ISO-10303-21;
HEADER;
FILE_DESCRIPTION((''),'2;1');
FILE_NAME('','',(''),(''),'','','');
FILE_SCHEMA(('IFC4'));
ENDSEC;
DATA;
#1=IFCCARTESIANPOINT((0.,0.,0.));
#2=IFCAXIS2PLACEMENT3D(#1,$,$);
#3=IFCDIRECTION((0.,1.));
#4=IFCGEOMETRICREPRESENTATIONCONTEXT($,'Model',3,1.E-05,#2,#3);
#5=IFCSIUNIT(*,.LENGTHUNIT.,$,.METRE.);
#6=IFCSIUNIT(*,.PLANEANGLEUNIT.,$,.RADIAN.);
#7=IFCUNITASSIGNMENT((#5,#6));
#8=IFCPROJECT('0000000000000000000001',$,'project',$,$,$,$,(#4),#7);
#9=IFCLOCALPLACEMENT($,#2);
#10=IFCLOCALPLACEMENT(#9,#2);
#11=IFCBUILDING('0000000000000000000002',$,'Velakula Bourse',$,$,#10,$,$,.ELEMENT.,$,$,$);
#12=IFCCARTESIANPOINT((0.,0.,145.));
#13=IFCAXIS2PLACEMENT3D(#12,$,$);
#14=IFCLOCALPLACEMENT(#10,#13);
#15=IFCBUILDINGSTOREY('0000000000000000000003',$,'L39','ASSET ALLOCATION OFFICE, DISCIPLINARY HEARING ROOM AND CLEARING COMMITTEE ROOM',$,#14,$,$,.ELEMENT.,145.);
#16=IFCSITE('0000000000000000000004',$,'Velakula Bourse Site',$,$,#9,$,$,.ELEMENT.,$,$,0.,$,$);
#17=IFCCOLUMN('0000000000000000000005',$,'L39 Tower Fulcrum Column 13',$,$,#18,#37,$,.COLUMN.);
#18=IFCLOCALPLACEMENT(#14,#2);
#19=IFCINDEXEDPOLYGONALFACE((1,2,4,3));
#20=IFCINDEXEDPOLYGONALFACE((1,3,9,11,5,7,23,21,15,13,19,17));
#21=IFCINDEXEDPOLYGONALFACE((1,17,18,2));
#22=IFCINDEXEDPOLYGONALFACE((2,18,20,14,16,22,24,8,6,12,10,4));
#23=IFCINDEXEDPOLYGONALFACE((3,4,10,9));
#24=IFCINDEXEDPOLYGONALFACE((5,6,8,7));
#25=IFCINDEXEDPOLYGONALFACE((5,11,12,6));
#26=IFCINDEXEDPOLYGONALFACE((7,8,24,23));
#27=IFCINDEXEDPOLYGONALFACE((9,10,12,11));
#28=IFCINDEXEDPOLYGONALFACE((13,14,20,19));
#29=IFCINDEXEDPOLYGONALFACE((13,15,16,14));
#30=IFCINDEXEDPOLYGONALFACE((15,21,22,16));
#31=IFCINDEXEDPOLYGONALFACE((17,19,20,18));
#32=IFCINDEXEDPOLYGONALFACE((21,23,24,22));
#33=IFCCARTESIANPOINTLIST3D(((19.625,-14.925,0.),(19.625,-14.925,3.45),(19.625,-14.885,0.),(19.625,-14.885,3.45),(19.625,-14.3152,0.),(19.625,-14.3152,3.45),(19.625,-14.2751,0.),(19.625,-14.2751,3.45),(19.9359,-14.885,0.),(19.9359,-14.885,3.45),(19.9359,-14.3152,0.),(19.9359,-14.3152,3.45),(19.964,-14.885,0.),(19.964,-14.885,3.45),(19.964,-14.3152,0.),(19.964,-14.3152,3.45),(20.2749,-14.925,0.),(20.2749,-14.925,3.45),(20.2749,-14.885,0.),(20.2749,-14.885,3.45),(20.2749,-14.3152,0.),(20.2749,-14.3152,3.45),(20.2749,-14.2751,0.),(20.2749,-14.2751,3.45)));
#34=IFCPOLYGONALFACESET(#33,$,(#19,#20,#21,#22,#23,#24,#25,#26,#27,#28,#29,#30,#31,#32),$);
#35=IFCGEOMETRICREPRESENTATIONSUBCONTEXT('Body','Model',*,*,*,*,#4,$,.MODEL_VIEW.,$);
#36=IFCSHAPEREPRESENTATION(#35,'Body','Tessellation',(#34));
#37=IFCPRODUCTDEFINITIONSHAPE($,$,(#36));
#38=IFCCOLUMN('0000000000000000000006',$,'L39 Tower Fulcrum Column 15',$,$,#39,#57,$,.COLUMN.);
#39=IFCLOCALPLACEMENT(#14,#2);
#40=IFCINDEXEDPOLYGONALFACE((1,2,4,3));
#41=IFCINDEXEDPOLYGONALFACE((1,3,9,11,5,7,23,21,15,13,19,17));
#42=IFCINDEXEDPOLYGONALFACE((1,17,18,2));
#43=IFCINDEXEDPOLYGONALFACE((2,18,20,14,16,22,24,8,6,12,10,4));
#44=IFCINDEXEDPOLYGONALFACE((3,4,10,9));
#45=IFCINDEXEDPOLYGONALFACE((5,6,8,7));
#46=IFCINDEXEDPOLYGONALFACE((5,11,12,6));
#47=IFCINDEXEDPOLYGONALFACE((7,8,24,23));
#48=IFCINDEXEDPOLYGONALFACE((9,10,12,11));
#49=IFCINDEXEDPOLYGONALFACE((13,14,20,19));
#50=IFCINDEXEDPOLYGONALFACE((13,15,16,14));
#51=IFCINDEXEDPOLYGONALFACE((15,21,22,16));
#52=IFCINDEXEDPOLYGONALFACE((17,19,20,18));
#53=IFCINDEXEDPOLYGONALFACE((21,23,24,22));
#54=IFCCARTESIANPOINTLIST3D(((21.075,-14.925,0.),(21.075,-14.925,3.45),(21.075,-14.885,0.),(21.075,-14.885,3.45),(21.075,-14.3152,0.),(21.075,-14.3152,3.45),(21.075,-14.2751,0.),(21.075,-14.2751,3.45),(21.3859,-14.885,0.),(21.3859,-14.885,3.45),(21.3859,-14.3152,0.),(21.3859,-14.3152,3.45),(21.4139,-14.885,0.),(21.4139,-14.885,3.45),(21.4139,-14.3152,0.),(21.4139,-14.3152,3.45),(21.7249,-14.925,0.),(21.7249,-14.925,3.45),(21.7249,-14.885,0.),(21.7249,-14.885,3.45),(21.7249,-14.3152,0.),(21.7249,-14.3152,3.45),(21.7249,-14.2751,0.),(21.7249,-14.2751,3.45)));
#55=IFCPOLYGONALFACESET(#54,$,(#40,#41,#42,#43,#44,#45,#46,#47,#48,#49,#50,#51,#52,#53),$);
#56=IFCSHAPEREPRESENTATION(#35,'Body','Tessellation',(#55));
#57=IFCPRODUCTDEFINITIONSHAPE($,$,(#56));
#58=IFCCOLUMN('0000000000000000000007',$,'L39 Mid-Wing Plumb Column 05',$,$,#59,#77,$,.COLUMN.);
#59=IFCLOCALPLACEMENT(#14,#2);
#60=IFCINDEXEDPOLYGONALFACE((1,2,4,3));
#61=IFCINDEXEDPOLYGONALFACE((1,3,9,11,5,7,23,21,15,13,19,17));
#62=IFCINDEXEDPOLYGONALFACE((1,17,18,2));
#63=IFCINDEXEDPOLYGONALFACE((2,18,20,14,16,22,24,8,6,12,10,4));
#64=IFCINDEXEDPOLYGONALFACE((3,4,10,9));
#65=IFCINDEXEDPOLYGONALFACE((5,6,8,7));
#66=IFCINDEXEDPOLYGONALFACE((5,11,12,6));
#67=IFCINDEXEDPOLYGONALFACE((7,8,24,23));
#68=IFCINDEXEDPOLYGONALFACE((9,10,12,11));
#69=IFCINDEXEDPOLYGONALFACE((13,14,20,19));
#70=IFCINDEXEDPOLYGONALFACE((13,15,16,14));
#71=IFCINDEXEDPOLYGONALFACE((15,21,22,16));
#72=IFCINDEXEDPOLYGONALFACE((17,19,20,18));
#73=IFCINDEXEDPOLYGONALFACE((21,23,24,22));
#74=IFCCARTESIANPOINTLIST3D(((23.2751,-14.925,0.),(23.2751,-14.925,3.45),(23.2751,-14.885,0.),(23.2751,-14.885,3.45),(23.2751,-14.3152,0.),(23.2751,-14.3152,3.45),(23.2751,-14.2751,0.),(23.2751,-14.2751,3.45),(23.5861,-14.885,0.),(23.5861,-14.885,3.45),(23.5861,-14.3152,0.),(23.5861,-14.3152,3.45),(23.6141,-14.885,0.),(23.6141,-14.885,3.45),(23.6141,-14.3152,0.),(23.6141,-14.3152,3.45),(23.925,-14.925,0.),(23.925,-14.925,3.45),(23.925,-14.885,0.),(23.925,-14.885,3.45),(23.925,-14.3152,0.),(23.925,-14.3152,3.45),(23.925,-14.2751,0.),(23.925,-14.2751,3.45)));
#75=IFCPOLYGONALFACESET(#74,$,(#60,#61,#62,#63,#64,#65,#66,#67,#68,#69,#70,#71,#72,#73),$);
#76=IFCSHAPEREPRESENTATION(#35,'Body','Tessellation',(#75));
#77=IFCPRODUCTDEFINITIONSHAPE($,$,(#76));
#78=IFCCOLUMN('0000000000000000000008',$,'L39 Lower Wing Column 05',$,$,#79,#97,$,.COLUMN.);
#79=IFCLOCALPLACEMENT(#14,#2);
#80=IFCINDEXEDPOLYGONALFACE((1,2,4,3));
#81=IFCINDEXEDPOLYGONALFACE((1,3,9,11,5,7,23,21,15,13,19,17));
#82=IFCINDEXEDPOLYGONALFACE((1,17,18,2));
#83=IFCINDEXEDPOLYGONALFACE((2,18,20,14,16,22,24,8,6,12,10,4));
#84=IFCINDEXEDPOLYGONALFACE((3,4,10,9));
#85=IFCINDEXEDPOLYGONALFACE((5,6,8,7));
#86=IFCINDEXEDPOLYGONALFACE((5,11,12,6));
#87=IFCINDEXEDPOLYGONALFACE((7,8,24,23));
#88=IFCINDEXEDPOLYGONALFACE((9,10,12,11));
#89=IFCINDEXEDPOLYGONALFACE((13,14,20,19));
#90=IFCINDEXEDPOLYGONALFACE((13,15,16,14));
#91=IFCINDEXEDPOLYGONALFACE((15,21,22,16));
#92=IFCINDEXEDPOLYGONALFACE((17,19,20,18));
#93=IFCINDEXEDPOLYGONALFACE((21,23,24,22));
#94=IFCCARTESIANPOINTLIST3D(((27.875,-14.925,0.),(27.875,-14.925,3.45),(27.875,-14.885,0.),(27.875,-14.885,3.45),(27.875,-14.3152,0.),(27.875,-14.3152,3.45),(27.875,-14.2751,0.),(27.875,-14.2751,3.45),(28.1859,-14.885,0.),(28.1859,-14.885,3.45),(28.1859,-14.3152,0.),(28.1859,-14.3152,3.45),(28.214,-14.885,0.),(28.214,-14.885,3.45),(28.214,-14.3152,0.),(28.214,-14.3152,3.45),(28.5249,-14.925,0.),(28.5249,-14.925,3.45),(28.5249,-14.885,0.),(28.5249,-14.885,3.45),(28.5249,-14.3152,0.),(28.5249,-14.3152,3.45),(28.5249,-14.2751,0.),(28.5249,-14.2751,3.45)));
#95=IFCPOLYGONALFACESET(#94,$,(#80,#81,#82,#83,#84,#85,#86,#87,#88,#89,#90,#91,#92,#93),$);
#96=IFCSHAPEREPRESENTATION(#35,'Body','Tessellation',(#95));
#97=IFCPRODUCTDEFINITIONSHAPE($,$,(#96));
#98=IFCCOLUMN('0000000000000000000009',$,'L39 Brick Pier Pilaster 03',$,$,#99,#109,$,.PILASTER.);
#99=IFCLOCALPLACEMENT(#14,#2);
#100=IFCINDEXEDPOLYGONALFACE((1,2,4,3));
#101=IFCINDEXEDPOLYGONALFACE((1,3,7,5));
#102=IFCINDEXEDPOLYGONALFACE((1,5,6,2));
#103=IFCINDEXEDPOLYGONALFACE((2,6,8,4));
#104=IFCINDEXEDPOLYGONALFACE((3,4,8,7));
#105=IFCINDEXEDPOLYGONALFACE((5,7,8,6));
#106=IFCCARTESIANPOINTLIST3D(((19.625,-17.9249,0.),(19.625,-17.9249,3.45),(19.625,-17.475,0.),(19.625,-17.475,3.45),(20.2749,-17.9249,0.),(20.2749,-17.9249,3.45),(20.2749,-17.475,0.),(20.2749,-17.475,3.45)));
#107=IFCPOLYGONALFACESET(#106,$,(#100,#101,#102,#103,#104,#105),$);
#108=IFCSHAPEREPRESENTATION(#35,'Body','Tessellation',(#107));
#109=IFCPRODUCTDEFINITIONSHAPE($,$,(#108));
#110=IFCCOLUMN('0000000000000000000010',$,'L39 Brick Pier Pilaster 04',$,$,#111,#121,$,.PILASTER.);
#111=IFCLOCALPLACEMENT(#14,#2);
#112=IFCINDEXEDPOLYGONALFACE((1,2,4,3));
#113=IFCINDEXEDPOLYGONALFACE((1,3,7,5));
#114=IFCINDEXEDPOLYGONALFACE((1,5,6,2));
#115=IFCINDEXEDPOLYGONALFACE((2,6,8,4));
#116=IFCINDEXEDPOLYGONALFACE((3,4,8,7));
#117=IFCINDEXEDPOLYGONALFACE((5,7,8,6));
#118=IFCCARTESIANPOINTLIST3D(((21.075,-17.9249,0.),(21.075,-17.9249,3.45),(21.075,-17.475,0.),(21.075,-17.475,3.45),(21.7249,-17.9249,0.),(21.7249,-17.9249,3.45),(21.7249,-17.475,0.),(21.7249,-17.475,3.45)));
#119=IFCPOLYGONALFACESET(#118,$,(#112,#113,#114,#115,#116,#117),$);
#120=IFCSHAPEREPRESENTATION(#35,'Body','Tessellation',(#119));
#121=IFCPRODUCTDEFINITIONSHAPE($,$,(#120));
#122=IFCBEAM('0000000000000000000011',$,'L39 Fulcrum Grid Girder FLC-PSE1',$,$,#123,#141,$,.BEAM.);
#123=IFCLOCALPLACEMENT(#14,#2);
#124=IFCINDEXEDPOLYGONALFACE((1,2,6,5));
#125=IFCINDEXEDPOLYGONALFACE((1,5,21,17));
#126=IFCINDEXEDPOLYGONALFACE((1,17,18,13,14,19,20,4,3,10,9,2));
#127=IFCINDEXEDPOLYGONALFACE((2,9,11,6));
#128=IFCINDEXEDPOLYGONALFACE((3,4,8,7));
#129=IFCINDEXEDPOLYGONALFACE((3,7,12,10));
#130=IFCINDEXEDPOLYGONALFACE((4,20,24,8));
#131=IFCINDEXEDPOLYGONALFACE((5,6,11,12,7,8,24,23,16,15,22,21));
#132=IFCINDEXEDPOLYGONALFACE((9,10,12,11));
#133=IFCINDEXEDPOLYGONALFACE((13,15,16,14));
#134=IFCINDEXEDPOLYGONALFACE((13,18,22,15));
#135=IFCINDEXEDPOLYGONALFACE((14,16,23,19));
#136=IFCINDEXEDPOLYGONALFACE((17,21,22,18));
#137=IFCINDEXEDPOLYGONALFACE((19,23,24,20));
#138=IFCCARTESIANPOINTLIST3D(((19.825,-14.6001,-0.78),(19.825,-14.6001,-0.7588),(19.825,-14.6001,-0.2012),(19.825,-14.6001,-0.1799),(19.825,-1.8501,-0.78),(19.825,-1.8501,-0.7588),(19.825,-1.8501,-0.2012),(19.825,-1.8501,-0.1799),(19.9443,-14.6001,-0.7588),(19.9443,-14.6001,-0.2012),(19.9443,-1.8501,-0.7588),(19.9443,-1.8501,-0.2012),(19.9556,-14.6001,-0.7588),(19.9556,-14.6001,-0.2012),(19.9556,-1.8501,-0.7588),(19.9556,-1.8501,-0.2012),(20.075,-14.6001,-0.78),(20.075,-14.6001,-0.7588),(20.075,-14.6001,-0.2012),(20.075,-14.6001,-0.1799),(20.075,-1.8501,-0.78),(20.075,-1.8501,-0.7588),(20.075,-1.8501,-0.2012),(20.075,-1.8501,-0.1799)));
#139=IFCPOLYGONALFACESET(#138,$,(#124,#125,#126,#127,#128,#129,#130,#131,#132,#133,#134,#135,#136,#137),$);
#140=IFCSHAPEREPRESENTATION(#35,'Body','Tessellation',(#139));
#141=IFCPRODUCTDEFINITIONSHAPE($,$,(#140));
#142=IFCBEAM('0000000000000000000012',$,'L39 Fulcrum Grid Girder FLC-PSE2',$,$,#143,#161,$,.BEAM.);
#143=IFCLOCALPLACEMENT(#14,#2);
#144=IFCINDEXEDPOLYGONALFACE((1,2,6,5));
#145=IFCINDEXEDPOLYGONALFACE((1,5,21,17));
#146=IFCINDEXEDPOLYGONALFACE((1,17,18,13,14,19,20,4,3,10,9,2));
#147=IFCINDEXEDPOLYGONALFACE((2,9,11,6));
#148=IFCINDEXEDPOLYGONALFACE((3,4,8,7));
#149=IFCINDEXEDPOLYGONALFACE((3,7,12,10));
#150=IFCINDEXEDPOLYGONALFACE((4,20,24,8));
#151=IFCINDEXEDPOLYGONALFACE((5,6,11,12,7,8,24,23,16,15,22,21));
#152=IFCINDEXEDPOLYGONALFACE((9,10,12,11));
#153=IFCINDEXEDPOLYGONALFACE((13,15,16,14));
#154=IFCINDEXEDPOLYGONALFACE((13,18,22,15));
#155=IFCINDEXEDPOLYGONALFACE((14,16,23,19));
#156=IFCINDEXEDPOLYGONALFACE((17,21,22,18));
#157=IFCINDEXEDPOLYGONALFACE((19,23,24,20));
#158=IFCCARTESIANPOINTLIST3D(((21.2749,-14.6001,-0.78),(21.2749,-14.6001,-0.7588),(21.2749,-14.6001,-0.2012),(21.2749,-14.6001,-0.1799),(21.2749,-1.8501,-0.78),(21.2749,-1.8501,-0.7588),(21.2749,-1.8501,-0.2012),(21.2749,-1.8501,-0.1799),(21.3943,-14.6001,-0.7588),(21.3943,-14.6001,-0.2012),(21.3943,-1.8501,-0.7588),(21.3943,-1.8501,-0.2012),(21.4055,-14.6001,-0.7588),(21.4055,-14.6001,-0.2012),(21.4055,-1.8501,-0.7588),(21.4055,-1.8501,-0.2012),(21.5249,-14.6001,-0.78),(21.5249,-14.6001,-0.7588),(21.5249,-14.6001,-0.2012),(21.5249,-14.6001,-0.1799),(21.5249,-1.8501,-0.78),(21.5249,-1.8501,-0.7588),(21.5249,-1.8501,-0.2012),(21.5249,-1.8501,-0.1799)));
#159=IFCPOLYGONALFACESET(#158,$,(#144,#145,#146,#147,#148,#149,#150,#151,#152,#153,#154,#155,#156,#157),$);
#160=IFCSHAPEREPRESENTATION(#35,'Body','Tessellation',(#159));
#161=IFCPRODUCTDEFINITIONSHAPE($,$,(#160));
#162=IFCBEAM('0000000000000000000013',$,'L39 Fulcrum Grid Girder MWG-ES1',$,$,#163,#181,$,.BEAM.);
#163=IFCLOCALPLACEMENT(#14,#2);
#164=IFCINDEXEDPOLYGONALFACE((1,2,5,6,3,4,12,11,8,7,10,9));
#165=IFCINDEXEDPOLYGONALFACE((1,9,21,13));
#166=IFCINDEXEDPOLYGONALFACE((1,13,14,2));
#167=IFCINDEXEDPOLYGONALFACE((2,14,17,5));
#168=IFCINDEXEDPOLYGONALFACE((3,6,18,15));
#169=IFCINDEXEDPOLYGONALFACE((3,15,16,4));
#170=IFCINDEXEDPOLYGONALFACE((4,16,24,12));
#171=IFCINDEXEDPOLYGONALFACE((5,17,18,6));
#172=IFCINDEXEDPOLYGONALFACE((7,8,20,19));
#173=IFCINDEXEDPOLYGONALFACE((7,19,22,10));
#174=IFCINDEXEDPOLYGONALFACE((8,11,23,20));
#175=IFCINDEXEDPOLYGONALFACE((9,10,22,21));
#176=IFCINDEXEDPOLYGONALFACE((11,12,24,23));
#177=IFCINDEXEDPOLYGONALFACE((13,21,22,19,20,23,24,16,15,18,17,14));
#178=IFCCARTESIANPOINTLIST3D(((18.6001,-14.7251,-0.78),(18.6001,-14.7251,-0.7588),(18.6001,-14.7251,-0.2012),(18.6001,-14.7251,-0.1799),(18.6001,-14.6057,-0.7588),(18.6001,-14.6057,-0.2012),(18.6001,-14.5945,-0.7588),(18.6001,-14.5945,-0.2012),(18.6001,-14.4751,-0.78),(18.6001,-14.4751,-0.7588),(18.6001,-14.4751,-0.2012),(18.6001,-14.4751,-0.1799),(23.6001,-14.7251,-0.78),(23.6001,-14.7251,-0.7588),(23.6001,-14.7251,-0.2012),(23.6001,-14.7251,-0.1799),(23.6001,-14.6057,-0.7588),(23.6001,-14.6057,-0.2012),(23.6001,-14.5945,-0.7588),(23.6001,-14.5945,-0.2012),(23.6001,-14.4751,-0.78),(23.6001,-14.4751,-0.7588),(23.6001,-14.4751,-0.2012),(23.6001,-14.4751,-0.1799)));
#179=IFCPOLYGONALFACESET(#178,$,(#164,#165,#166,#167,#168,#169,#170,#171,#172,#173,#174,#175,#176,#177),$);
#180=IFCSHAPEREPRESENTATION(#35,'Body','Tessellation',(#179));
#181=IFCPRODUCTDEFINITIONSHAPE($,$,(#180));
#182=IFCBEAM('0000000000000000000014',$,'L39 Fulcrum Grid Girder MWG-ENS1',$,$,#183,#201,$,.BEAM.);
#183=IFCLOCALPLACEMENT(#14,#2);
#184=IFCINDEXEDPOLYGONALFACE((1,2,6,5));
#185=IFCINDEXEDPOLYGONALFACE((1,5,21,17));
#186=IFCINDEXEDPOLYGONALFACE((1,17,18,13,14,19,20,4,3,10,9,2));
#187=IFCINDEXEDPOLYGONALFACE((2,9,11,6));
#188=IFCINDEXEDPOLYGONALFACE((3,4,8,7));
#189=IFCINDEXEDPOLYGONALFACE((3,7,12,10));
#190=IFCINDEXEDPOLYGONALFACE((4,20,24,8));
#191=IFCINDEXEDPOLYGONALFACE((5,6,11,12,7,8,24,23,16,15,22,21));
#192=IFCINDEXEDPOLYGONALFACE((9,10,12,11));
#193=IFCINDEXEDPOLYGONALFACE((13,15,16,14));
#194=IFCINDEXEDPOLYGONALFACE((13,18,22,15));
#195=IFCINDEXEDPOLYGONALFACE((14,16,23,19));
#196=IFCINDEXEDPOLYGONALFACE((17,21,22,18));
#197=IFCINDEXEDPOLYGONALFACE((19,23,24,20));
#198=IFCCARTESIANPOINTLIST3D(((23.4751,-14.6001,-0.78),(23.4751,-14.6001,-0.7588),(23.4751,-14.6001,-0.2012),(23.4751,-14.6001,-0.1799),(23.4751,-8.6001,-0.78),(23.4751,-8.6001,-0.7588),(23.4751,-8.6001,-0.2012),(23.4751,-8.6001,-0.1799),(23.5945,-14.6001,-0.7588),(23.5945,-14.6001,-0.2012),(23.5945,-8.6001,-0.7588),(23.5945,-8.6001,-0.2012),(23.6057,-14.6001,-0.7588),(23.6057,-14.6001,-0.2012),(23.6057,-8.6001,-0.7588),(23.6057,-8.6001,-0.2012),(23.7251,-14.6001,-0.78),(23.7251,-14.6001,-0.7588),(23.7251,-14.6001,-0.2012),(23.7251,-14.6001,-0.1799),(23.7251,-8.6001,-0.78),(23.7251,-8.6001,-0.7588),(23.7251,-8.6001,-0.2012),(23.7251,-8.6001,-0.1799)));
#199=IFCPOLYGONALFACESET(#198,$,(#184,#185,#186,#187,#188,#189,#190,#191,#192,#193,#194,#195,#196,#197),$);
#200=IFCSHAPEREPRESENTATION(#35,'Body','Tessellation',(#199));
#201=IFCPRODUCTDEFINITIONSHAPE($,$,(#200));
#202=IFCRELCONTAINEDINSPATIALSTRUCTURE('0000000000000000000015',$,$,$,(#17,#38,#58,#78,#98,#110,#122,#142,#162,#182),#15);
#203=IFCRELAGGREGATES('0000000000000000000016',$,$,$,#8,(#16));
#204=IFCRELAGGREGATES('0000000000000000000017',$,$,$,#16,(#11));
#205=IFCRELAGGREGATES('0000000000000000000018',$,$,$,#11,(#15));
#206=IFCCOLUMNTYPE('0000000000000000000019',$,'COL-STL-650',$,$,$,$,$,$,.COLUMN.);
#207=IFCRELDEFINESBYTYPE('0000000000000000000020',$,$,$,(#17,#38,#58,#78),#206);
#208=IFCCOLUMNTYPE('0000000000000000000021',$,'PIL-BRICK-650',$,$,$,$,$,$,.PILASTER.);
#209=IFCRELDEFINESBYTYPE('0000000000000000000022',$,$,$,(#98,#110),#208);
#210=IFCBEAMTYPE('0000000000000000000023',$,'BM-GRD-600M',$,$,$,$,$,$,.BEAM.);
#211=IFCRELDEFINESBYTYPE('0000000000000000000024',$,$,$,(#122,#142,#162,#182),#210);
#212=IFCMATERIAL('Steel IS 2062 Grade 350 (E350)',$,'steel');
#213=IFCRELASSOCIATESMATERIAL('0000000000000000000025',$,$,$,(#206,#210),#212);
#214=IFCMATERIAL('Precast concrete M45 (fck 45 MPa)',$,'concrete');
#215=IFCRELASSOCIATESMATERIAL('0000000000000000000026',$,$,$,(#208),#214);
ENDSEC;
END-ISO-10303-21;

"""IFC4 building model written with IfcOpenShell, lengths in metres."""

from ifc_helpers import new_model, si_unit, direction, frame, origin, origin_2d, place, context, subcontext, project, spatial, rectangle, i_section, extrude, material, material_profile, profile_set, type_object, element, save


model = new_model("IFC4")

# Units and contexts
model_context = context("Model", 3, precision=1e-05, world=origin(), true_north=direction((0.0, 1.0)))
body_context = subcontext(model_context, "Body", "Model", "MODEL_VIEW")
ifc_project = project(units=[si_unit("LENGTHUNIT", "METRE"), si_unit("PLANEANGLEUNIT", "RADIAN")], contexts=[model_context])

# Site, building, storey
site_placement = place(None, origin())
site = spatial("IfcSite", under=ifc_project, at=site_placement, Name="Velakula Bourse Site", CompositionType="ELEMENT", RefElevation=0.0)
building_placement = place(site_placement, origin())
building = spatial("IfcBuilding", under=site, at=building_placement, Name="Velakula Bourse", CompositionType="ELEMENT")
storey_placement = place(building_placement, frame((0.0, 0.0, 145.0)))
storey = spatial("IfcBuildingStorey", under=building, at=storey_placement, Name="L39", Description="ASSET ALLOCATION OFFICE, DISCIPLINARY HEARING ROOM AND CLEARING COMMITTEE ROOM", CompositionType="ELEMENT", Elevation=145.0)

# Columns
ifc_material_1 = material(Name="Steel IS 2062 Grade 350 (E350)", Category="steel")
ifc_material_profile_1 = material_profile(ifc_material_1, i_section(OverallWidth=0.6499, OverallDepth=0.6499, WebThickness=0.0281, FlangeThickness=0.04, at=origin_2d()), Name="Steel IS 2062 Grade 350 (E350)")
ifc_profile_set_1 = profile_set([ifc_material_profile_1], Name="Steel IS 2062 Grade 350 (E350)")
column_type_1 = type_object("IfcColumnType", Name="COL-STL-650", PredefinedType="COLUMN", material=ifc_profile_set_1)
for number, where, z_axis, x_axis, name in (
    (1, (19.95, -14.6001, 0.0), (0.0, 0.0, 1.0), (1.0, 0.0, 0.0), "L39 Tower Fulcrum Column 13"),
    (2, (21.3999, -14.6001, 0.0), (0.0, 0.0, 1.0), (1.0, 0.0, 0.0), "L39 Tower Fulcrum Column 15"),
    (3, (23.6001, -14.6001, 0.0), (0.0, 0.0, 1.0), (1.0, 0.0, 0.0), "L39 Mid-Wing Plumb Column 05"),
    (4, (28.2, -14.6001, 0.0), (0.0, 0.0, 1.0), (1.0, 0.0, 0.0), "L39 Lower Wing Column 05"),
):
    element("IfcColumn", number, at=place(storey_placement, frame(where, z_axis=z_axis, x_axis=x_axis)), inside=storey, type_object=column_type_1, Name=name, PredefinedType="COLUMN", context=body_context, shape_type="SweptSolid", body=[
        extrude(i_section(OverallWidth=0.6499, OverallDepth=0.6499, WebThickness=0.0281, FlangeThickness=0.04, at=origin_2d()), origin(), (0.0, 0.0, 1.0), 3.45),
    ])
ifc_material_2 = material(Name="Precast concrete M45 (fck 45 MPa)", Category="concrete")
ifc_material_profile_2 = material_profile(ifc_material_2, rectangle(XDim=0.6499, YDim=0.45, at=origin_2d()), Name="Precast concrete M45 (fck 45 MPa)")
ifc_profile_set_2 = profile_set([ifc_material_profile_2], Name="Precast concrete M45 (fck 45 MPa)")
column_type_2 = type_object("IfcColumnType", Name="PIL-BRICK-650", PredefinedType="PILASTER", material=ifc_profile_set_2)
for number, where, z_axis, x_axis, name in (
    (5, (19.95, -17.7, 0.0), (0.0, 0.0, 1.0), (1.0, 0.0, 0.0), "L39 Brick Pier Pilaster 03"),
    (6, (21.3999, -17.7, 0.0), (0.0, 0.0, 1.0), (1.0, 0.0, 0.0), "L39 Brick Pier Pilaster 04"),
):
    element("IfcColumn", number, at=place(storey_placement, frame(where, z_axis=z_axis, x_axis=x_axis)), inside=storey, type_object=column_type_2, Name=name, PredefinedType="PILASTER", context=body_context, shape_type="SweptSolid", body=[
        extrude(rectangle(XDim=0.6499, YDim=0.45, at=origin_2d()), origin(), (0.0, 0.0, 1.0), 3.45),
    ])

# Beams
ifc_material_profile_3 = material_profile(ifc_material_1, i_section(OverallWidth=0.25, OverallDepth=0.6001, WebThickness=0.0112, FlangeThickness=0.0212, at=origin_2d()), Name="Steel IS 2062 Grade 350 (E350)")
ifc_profile_set_3 = profile_set([ifc_material_profile_3], Name="Steel IS 2062 Grade 350 (E350)")
beam_type = type_object("IfcBeamType", Name="BM-GRD-600M", PredefinedType="BEAM", material=ifc_profile_set_3)
for number, where, z_axis, x_axis, name in (
    (7, (19.95, -14.6001, -0.48), (0.0, 1.0, 0.0), (-1.0, 0.0, 0.0), "L39 Fulcrum Grid Girder FLC-PSE1"),
    (8, (21.3999, -14.6001, -0.48), (0.0, 1.0, 0.0), (-1.0, 0.0, 0.0), "L39 Fulcrum Grid Girder FLC-PSE2"),
):
    element("IfcBeam", number, at=place(storey_placement, frame(where, z_axis=z_axis, x_axis=x_axis)), inside=storey, type_object=beam_type, Name=name, PredefinedType="BEAM", context=body_context, shape_type="SweptSolid", body=[
        extrude(i_section(OverallWidth=0.25, OverallDepth=0.6001, WebThickness=0.0112, FlangeThickness=0.0212, at=origin_2d()), origin(), (0.0, 0.0, 1.0), 12.75),
    ])
beam_1_placement = place(storey_placement, frame((18.6001, -14.6001, -0.48), z_axis=(1.0, 0.0, 0.0), x_axis=(0.0, 1.0, 0.0)))
element("IfcBeam", 9, at=beam_1_placement, inside=storey, type_object=beam_type, Name="L39 Fulcrum Grid Girder MWG-ES1", PredefinedType="BEAM", context=body_context, shape_type="SweptSolid", body=[
    extrude(i_section(OverallWidth=0.25, OverallDepth=0.6001, WebThickness=0.0112, FlangeThickness=0.0212, at=origin_2d()), origin(), (0.0, 0.0, 1.0), 5.0),
])
beam_2_placement = place(storey_placement, frame((23.6001, -14.6001, -0.48), z_axis=(0.0, 1.0, 0.0), x_axis=(-1.0, 0.0, 0.0)))
element("IfcBeam", 10, at=beam_2_placement, inside=storey, type_object=beam_type, Name="L39 Fulcrum Grid Girder MWG-ENS1", PredefinedType="BEAM", context=body_context, shape_type="SweptSolid", body=[
    extrude(i_section(OverallWidth=0.25, OverallDepth=0.6001, WebThickness=0.0112, FlangeThickness=0.0212, at=origin_2d()), origin(), (0.0, 0.0, 1.0), 6.0),
])

save(model, "model.ifc")
